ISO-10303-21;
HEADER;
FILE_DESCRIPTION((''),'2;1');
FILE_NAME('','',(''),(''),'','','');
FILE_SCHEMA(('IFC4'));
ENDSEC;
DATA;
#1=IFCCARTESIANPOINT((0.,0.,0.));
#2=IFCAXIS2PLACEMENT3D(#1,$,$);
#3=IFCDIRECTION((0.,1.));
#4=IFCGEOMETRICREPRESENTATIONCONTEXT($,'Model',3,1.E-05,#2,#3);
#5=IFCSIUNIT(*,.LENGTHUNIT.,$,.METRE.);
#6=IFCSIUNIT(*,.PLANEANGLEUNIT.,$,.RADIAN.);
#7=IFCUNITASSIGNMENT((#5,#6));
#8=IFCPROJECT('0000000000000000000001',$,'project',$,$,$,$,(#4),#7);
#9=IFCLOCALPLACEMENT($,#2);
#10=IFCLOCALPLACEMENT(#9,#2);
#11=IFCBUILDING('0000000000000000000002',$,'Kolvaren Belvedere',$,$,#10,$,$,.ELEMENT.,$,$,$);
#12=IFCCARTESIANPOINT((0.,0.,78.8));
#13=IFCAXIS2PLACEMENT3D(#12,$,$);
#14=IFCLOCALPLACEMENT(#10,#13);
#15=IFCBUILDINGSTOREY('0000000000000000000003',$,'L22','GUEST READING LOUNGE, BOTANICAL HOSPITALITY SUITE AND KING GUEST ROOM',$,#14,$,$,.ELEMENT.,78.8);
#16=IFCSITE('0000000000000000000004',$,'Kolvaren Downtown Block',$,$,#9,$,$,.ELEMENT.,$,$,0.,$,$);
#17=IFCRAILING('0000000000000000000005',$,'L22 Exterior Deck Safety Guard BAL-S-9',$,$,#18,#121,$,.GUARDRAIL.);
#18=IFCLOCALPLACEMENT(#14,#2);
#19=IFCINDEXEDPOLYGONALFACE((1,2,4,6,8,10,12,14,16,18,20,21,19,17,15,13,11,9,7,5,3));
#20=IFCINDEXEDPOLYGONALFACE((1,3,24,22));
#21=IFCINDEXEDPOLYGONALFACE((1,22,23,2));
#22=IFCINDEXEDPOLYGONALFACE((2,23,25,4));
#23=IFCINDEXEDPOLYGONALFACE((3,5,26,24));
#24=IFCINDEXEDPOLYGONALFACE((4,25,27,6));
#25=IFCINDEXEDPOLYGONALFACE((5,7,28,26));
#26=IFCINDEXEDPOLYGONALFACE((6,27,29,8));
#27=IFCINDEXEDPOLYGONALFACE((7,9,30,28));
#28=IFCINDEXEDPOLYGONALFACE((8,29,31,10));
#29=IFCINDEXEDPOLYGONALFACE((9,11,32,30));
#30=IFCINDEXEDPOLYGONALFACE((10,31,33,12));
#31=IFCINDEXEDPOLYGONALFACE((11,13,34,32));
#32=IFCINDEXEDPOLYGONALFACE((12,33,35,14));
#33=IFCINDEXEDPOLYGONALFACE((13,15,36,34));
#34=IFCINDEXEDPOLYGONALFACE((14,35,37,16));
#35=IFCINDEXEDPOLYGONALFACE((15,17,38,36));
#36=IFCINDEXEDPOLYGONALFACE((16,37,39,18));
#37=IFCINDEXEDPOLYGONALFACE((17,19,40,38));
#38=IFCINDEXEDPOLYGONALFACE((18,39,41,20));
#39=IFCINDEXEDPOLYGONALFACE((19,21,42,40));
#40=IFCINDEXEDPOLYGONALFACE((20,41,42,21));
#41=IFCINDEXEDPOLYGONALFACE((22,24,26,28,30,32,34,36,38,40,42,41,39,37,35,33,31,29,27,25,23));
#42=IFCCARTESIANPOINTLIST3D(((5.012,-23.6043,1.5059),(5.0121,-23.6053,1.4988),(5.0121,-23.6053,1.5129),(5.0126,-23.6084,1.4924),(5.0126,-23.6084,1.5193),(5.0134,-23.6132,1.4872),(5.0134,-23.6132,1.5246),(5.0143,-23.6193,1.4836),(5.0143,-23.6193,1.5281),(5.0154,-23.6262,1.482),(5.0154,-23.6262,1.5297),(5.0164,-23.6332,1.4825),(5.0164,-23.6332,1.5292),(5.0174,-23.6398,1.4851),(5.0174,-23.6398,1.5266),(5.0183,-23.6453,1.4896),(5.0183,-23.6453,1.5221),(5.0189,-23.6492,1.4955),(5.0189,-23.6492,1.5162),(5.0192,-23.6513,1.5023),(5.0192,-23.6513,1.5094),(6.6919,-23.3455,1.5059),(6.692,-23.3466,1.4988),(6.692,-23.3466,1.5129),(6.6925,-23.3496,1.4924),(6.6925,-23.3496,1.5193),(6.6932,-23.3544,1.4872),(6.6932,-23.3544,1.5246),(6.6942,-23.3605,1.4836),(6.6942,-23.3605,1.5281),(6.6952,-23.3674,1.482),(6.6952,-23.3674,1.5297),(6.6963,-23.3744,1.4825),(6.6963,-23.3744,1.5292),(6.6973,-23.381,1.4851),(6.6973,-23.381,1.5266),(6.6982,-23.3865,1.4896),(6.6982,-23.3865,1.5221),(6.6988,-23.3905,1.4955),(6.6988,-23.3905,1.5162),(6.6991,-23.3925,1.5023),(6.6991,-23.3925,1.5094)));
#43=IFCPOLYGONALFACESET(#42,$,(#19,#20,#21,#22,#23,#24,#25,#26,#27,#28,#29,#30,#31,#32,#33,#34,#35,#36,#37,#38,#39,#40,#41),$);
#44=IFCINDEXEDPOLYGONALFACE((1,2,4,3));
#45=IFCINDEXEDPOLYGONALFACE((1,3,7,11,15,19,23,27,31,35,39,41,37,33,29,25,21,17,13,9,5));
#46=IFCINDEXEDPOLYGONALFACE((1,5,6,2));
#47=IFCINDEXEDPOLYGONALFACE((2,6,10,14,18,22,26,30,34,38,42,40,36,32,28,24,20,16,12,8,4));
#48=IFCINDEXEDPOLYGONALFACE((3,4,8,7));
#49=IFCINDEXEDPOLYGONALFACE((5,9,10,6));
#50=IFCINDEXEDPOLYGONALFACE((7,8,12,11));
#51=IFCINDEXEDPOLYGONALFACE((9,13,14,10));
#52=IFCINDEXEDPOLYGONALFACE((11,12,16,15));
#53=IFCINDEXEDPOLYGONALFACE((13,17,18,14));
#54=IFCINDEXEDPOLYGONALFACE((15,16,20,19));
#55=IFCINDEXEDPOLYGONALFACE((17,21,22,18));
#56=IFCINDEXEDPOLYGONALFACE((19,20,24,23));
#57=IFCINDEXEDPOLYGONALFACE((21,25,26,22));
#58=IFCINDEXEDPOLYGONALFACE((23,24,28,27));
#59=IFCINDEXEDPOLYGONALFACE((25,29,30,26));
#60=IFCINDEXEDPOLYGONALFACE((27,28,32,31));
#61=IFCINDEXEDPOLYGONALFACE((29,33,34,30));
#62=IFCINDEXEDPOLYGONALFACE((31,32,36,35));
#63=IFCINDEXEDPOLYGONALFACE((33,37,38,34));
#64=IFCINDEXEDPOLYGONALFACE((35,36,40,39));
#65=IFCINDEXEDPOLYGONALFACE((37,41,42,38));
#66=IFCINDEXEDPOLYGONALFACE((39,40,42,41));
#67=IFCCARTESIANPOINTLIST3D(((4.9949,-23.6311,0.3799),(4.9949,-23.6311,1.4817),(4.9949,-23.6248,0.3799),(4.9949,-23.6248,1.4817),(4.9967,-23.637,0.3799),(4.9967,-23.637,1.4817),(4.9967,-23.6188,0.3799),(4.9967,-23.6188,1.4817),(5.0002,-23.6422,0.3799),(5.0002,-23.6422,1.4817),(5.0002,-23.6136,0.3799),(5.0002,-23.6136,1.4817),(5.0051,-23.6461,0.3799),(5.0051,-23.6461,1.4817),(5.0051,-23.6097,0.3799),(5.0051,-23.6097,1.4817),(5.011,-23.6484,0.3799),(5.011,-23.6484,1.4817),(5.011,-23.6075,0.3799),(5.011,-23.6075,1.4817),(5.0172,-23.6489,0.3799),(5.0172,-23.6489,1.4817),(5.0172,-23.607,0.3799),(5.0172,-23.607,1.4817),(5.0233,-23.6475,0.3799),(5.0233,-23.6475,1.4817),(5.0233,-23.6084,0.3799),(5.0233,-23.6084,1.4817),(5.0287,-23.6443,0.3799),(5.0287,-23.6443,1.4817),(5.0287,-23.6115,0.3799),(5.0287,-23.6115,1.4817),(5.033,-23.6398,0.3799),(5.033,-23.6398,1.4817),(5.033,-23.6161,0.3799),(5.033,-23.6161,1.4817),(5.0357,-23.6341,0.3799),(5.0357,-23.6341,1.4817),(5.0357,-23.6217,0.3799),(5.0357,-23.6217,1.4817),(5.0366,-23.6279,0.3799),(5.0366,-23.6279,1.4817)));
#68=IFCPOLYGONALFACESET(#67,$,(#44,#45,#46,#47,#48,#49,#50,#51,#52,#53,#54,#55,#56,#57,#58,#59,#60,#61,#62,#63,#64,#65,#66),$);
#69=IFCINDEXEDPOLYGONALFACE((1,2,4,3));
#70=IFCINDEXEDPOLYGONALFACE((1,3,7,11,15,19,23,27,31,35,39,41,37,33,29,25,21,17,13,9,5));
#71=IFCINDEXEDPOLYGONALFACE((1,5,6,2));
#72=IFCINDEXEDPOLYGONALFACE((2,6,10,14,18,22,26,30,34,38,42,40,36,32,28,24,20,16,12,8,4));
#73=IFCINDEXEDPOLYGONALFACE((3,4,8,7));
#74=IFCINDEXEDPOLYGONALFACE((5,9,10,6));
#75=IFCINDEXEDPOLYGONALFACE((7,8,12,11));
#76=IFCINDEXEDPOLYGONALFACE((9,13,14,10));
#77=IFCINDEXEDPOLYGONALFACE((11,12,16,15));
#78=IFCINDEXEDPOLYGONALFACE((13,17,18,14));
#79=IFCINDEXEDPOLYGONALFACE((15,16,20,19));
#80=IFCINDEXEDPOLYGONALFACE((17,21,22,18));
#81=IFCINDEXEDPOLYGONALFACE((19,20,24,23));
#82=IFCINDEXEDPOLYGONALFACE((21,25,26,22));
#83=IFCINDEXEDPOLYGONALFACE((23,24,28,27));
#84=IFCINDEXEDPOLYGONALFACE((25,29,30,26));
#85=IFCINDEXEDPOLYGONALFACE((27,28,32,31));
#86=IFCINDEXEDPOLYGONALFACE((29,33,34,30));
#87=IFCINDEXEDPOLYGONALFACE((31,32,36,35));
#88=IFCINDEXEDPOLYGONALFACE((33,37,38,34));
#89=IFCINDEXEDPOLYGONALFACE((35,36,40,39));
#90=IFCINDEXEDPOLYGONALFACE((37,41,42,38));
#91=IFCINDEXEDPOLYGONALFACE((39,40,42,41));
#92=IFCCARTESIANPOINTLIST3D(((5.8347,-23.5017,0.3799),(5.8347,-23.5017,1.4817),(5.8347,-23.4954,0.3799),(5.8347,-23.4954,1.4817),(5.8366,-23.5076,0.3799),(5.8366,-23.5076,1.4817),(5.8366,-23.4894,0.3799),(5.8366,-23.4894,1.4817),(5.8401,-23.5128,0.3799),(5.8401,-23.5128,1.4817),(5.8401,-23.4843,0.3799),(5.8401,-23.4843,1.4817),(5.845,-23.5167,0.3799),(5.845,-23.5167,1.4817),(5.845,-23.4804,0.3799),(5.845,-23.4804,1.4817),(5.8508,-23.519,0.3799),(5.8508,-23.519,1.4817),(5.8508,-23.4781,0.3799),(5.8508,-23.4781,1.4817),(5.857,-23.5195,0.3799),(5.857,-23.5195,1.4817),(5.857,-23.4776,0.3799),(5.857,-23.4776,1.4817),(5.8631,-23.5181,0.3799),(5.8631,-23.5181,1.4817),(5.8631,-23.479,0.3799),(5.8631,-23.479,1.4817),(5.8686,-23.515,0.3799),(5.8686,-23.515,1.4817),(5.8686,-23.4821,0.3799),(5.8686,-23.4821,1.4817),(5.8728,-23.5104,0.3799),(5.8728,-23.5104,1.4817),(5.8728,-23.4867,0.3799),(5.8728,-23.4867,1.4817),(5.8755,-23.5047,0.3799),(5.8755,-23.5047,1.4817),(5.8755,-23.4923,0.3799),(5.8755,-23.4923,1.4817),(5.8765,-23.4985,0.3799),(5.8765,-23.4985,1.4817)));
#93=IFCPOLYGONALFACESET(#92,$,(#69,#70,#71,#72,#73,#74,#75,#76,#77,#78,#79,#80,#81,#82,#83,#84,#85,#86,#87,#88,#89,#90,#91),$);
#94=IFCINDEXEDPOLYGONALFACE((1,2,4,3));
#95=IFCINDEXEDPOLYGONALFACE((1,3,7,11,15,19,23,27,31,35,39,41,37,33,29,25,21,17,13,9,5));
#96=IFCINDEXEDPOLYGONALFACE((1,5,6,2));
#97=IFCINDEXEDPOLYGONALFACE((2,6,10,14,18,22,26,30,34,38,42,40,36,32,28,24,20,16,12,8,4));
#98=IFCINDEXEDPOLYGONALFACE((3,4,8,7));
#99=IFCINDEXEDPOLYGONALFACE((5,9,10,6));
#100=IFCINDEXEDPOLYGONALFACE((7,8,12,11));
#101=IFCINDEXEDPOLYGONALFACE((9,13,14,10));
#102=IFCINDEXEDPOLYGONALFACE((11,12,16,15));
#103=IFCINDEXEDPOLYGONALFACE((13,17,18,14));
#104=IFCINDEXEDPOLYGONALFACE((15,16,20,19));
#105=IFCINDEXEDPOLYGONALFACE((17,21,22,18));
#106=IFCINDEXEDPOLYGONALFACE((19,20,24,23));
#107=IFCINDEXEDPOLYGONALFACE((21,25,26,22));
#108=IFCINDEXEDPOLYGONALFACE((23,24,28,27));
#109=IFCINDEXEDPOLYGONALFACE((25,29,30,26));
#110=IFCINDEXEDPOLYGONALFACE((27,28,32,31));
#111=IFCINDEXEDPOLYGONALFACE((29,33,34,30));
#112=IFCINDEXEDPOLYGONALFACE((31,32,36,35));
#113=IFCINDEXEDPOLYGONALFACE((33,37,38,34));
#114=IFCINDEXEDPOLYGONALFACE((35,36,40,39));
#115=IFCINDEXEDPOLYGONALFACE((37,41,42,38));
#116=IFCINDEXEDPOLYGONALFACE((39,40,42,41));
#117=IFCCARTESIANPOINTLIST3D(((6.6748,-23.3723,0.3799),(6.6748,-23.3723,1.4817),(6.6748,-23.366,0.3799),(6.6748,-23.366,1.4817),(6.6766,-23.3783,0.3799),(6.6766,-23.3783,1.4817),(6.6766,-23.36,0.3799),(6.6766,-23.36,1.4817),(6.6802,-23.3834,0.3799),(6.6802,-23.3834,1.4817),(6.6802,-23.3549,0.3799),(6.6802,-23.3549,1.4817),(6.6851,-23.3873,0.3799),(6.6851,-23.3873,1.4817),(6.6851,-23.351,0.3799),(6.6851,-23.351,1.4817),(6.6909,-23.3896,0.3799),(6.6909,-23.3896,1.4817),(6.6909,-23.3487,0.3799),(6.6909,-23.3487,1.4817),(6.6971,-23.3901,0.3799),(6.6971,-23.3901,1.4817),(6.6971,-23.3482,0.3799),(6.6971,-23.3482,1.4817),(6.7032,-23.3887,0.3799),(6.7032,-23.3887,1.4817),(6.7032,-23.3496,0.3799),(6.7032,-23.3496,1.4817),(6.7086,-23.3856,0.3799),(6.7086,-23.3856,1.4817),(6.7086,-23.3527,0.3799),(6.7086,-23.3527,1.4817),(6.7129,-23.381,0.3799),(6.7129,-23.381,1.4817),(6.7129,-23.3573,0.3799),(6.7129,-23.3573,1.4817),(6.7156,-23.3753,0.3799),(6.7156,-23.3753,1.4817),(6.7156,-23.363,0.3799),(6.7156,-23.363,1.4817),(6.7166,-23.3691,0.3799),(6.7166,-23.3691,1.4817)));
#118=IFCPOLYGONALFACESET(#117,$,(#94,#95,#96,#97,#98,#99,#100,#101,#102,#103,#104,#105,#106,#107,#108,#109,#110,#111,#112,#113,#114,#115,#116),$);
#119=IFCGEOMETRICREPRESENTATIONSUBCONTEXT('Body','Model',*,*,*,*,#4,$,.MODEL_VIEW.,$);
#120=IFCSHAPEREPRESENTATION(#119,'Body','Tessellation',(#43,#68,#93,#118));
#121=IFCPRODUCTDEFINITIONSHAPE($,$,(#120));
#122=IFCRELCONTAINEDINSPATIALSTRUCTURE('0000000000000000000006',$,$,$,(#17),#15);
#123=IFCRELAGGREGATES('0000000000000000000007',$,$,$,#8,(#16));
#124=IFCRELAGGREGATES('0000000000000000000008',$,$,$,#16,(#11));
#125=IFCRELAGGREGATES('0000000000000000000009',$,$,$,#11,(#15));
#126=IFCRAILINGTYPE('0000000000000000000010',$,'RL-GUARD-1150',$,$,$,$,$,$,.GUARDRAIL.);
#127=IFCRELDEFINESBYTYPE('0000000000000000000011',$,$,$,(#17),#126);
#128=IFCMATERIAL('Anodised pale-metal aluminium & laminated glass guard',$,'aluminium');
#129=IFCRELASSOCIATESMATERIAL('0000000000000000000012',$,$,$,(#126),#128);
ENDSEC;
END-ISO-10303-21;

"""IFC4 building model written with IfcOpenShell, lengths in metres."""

from ifc_helpers import new_model, si_unit, direction, frame, origin, origin_2d, place, context, subcontext, project, spatial, circle, extrude, material, type_object, element, save


model = new_model("IFC4")

# Units and contexts
model_context = context("Model", 3, precision=1e-05, world=origin(), true_north=direction((0.0, 1.0)))
body_context = subcontext(model_context, "Body", "Model", "MODEL_VIEW")
ifc_project = project(units=[si_unit("LENGTHUNIT", "METRE"), si_unit("PLANEANGLEUNIT", "RADIAN")], contexts=[model_context])

# Site, building, storey
site_placement = place(None, origin())
site = spatial("IfcSite", under=ifc_project, at=site_placement, Name="Kolvaren Downtown Block", CompositionType="ELEMENT", RefElevation=0.0)
building_placement = place(site_placement, origin())
building = spatial("IfcBuilding", under=site, at=building_placement, Name="Kolvaren Belvedere", CompositionType="ELEMENT")
storey_placement = place(building_placement, frame((0.0, 0.0, 78.8)))
storey = spatial("IfcBuildingStorey", under=building, at=storey_placement, Name="L22", Description="GUEST READING LOUNGE, BOTANICAL HOSPITALITY SUITE AND KING GUEST ROOM", CompositionType="ELEMENT", Elevation=78.8)

# Railing
ifc_material_1 = material(Name="Anodised pale-metal aluminium & laminated glass guard", Category="aluminium")
railing_type = type_object("IfcRailingType", Name="RL-GUARD-1150", PredefinedType="GUARDRAIL", material=ifc_material_1)
railing_1_placement = place(storey_placement, frame((5.0156, -23.6279, 0.3799)))
element("IfcRailing", 1, at=railing_1_placement, inside=storey, type_object=railing_type, Name="L22 Exterior Deck Safety Guard BAL-S-9", PredefinedType="GUARDRAIL", context=body_context, shape_type="SweptSolid", body=[
    extrude(circle(Radius=0.0239, at=origin_2d()), frame((0.0, 0.0, 1.126), z_axis=(0.988342, 0.152251, 0.0), x_axis=(-0.152251, 0.988342, 0.0)), (0.0, 0.0, 1.0), 1.6997),
    extrude(circle(Radius=0.021, at=origin_2d()), origin(), (0.0, 0.0, 1.0), 1.1018),
    extrude(circle(Radius=0.021, at=origin_2d()), frame((0.8398, 0.1294, 0.0)), (0.0, 0.0, 1.0), 1.1018),
    extrude(circle(Radius=0.021, at=origin_2d()), frame((1.6799, 0.2588, 0.0)), (0.0, 0.0, 1.0), 1.1018),
])

save(model, "model.ifc")
